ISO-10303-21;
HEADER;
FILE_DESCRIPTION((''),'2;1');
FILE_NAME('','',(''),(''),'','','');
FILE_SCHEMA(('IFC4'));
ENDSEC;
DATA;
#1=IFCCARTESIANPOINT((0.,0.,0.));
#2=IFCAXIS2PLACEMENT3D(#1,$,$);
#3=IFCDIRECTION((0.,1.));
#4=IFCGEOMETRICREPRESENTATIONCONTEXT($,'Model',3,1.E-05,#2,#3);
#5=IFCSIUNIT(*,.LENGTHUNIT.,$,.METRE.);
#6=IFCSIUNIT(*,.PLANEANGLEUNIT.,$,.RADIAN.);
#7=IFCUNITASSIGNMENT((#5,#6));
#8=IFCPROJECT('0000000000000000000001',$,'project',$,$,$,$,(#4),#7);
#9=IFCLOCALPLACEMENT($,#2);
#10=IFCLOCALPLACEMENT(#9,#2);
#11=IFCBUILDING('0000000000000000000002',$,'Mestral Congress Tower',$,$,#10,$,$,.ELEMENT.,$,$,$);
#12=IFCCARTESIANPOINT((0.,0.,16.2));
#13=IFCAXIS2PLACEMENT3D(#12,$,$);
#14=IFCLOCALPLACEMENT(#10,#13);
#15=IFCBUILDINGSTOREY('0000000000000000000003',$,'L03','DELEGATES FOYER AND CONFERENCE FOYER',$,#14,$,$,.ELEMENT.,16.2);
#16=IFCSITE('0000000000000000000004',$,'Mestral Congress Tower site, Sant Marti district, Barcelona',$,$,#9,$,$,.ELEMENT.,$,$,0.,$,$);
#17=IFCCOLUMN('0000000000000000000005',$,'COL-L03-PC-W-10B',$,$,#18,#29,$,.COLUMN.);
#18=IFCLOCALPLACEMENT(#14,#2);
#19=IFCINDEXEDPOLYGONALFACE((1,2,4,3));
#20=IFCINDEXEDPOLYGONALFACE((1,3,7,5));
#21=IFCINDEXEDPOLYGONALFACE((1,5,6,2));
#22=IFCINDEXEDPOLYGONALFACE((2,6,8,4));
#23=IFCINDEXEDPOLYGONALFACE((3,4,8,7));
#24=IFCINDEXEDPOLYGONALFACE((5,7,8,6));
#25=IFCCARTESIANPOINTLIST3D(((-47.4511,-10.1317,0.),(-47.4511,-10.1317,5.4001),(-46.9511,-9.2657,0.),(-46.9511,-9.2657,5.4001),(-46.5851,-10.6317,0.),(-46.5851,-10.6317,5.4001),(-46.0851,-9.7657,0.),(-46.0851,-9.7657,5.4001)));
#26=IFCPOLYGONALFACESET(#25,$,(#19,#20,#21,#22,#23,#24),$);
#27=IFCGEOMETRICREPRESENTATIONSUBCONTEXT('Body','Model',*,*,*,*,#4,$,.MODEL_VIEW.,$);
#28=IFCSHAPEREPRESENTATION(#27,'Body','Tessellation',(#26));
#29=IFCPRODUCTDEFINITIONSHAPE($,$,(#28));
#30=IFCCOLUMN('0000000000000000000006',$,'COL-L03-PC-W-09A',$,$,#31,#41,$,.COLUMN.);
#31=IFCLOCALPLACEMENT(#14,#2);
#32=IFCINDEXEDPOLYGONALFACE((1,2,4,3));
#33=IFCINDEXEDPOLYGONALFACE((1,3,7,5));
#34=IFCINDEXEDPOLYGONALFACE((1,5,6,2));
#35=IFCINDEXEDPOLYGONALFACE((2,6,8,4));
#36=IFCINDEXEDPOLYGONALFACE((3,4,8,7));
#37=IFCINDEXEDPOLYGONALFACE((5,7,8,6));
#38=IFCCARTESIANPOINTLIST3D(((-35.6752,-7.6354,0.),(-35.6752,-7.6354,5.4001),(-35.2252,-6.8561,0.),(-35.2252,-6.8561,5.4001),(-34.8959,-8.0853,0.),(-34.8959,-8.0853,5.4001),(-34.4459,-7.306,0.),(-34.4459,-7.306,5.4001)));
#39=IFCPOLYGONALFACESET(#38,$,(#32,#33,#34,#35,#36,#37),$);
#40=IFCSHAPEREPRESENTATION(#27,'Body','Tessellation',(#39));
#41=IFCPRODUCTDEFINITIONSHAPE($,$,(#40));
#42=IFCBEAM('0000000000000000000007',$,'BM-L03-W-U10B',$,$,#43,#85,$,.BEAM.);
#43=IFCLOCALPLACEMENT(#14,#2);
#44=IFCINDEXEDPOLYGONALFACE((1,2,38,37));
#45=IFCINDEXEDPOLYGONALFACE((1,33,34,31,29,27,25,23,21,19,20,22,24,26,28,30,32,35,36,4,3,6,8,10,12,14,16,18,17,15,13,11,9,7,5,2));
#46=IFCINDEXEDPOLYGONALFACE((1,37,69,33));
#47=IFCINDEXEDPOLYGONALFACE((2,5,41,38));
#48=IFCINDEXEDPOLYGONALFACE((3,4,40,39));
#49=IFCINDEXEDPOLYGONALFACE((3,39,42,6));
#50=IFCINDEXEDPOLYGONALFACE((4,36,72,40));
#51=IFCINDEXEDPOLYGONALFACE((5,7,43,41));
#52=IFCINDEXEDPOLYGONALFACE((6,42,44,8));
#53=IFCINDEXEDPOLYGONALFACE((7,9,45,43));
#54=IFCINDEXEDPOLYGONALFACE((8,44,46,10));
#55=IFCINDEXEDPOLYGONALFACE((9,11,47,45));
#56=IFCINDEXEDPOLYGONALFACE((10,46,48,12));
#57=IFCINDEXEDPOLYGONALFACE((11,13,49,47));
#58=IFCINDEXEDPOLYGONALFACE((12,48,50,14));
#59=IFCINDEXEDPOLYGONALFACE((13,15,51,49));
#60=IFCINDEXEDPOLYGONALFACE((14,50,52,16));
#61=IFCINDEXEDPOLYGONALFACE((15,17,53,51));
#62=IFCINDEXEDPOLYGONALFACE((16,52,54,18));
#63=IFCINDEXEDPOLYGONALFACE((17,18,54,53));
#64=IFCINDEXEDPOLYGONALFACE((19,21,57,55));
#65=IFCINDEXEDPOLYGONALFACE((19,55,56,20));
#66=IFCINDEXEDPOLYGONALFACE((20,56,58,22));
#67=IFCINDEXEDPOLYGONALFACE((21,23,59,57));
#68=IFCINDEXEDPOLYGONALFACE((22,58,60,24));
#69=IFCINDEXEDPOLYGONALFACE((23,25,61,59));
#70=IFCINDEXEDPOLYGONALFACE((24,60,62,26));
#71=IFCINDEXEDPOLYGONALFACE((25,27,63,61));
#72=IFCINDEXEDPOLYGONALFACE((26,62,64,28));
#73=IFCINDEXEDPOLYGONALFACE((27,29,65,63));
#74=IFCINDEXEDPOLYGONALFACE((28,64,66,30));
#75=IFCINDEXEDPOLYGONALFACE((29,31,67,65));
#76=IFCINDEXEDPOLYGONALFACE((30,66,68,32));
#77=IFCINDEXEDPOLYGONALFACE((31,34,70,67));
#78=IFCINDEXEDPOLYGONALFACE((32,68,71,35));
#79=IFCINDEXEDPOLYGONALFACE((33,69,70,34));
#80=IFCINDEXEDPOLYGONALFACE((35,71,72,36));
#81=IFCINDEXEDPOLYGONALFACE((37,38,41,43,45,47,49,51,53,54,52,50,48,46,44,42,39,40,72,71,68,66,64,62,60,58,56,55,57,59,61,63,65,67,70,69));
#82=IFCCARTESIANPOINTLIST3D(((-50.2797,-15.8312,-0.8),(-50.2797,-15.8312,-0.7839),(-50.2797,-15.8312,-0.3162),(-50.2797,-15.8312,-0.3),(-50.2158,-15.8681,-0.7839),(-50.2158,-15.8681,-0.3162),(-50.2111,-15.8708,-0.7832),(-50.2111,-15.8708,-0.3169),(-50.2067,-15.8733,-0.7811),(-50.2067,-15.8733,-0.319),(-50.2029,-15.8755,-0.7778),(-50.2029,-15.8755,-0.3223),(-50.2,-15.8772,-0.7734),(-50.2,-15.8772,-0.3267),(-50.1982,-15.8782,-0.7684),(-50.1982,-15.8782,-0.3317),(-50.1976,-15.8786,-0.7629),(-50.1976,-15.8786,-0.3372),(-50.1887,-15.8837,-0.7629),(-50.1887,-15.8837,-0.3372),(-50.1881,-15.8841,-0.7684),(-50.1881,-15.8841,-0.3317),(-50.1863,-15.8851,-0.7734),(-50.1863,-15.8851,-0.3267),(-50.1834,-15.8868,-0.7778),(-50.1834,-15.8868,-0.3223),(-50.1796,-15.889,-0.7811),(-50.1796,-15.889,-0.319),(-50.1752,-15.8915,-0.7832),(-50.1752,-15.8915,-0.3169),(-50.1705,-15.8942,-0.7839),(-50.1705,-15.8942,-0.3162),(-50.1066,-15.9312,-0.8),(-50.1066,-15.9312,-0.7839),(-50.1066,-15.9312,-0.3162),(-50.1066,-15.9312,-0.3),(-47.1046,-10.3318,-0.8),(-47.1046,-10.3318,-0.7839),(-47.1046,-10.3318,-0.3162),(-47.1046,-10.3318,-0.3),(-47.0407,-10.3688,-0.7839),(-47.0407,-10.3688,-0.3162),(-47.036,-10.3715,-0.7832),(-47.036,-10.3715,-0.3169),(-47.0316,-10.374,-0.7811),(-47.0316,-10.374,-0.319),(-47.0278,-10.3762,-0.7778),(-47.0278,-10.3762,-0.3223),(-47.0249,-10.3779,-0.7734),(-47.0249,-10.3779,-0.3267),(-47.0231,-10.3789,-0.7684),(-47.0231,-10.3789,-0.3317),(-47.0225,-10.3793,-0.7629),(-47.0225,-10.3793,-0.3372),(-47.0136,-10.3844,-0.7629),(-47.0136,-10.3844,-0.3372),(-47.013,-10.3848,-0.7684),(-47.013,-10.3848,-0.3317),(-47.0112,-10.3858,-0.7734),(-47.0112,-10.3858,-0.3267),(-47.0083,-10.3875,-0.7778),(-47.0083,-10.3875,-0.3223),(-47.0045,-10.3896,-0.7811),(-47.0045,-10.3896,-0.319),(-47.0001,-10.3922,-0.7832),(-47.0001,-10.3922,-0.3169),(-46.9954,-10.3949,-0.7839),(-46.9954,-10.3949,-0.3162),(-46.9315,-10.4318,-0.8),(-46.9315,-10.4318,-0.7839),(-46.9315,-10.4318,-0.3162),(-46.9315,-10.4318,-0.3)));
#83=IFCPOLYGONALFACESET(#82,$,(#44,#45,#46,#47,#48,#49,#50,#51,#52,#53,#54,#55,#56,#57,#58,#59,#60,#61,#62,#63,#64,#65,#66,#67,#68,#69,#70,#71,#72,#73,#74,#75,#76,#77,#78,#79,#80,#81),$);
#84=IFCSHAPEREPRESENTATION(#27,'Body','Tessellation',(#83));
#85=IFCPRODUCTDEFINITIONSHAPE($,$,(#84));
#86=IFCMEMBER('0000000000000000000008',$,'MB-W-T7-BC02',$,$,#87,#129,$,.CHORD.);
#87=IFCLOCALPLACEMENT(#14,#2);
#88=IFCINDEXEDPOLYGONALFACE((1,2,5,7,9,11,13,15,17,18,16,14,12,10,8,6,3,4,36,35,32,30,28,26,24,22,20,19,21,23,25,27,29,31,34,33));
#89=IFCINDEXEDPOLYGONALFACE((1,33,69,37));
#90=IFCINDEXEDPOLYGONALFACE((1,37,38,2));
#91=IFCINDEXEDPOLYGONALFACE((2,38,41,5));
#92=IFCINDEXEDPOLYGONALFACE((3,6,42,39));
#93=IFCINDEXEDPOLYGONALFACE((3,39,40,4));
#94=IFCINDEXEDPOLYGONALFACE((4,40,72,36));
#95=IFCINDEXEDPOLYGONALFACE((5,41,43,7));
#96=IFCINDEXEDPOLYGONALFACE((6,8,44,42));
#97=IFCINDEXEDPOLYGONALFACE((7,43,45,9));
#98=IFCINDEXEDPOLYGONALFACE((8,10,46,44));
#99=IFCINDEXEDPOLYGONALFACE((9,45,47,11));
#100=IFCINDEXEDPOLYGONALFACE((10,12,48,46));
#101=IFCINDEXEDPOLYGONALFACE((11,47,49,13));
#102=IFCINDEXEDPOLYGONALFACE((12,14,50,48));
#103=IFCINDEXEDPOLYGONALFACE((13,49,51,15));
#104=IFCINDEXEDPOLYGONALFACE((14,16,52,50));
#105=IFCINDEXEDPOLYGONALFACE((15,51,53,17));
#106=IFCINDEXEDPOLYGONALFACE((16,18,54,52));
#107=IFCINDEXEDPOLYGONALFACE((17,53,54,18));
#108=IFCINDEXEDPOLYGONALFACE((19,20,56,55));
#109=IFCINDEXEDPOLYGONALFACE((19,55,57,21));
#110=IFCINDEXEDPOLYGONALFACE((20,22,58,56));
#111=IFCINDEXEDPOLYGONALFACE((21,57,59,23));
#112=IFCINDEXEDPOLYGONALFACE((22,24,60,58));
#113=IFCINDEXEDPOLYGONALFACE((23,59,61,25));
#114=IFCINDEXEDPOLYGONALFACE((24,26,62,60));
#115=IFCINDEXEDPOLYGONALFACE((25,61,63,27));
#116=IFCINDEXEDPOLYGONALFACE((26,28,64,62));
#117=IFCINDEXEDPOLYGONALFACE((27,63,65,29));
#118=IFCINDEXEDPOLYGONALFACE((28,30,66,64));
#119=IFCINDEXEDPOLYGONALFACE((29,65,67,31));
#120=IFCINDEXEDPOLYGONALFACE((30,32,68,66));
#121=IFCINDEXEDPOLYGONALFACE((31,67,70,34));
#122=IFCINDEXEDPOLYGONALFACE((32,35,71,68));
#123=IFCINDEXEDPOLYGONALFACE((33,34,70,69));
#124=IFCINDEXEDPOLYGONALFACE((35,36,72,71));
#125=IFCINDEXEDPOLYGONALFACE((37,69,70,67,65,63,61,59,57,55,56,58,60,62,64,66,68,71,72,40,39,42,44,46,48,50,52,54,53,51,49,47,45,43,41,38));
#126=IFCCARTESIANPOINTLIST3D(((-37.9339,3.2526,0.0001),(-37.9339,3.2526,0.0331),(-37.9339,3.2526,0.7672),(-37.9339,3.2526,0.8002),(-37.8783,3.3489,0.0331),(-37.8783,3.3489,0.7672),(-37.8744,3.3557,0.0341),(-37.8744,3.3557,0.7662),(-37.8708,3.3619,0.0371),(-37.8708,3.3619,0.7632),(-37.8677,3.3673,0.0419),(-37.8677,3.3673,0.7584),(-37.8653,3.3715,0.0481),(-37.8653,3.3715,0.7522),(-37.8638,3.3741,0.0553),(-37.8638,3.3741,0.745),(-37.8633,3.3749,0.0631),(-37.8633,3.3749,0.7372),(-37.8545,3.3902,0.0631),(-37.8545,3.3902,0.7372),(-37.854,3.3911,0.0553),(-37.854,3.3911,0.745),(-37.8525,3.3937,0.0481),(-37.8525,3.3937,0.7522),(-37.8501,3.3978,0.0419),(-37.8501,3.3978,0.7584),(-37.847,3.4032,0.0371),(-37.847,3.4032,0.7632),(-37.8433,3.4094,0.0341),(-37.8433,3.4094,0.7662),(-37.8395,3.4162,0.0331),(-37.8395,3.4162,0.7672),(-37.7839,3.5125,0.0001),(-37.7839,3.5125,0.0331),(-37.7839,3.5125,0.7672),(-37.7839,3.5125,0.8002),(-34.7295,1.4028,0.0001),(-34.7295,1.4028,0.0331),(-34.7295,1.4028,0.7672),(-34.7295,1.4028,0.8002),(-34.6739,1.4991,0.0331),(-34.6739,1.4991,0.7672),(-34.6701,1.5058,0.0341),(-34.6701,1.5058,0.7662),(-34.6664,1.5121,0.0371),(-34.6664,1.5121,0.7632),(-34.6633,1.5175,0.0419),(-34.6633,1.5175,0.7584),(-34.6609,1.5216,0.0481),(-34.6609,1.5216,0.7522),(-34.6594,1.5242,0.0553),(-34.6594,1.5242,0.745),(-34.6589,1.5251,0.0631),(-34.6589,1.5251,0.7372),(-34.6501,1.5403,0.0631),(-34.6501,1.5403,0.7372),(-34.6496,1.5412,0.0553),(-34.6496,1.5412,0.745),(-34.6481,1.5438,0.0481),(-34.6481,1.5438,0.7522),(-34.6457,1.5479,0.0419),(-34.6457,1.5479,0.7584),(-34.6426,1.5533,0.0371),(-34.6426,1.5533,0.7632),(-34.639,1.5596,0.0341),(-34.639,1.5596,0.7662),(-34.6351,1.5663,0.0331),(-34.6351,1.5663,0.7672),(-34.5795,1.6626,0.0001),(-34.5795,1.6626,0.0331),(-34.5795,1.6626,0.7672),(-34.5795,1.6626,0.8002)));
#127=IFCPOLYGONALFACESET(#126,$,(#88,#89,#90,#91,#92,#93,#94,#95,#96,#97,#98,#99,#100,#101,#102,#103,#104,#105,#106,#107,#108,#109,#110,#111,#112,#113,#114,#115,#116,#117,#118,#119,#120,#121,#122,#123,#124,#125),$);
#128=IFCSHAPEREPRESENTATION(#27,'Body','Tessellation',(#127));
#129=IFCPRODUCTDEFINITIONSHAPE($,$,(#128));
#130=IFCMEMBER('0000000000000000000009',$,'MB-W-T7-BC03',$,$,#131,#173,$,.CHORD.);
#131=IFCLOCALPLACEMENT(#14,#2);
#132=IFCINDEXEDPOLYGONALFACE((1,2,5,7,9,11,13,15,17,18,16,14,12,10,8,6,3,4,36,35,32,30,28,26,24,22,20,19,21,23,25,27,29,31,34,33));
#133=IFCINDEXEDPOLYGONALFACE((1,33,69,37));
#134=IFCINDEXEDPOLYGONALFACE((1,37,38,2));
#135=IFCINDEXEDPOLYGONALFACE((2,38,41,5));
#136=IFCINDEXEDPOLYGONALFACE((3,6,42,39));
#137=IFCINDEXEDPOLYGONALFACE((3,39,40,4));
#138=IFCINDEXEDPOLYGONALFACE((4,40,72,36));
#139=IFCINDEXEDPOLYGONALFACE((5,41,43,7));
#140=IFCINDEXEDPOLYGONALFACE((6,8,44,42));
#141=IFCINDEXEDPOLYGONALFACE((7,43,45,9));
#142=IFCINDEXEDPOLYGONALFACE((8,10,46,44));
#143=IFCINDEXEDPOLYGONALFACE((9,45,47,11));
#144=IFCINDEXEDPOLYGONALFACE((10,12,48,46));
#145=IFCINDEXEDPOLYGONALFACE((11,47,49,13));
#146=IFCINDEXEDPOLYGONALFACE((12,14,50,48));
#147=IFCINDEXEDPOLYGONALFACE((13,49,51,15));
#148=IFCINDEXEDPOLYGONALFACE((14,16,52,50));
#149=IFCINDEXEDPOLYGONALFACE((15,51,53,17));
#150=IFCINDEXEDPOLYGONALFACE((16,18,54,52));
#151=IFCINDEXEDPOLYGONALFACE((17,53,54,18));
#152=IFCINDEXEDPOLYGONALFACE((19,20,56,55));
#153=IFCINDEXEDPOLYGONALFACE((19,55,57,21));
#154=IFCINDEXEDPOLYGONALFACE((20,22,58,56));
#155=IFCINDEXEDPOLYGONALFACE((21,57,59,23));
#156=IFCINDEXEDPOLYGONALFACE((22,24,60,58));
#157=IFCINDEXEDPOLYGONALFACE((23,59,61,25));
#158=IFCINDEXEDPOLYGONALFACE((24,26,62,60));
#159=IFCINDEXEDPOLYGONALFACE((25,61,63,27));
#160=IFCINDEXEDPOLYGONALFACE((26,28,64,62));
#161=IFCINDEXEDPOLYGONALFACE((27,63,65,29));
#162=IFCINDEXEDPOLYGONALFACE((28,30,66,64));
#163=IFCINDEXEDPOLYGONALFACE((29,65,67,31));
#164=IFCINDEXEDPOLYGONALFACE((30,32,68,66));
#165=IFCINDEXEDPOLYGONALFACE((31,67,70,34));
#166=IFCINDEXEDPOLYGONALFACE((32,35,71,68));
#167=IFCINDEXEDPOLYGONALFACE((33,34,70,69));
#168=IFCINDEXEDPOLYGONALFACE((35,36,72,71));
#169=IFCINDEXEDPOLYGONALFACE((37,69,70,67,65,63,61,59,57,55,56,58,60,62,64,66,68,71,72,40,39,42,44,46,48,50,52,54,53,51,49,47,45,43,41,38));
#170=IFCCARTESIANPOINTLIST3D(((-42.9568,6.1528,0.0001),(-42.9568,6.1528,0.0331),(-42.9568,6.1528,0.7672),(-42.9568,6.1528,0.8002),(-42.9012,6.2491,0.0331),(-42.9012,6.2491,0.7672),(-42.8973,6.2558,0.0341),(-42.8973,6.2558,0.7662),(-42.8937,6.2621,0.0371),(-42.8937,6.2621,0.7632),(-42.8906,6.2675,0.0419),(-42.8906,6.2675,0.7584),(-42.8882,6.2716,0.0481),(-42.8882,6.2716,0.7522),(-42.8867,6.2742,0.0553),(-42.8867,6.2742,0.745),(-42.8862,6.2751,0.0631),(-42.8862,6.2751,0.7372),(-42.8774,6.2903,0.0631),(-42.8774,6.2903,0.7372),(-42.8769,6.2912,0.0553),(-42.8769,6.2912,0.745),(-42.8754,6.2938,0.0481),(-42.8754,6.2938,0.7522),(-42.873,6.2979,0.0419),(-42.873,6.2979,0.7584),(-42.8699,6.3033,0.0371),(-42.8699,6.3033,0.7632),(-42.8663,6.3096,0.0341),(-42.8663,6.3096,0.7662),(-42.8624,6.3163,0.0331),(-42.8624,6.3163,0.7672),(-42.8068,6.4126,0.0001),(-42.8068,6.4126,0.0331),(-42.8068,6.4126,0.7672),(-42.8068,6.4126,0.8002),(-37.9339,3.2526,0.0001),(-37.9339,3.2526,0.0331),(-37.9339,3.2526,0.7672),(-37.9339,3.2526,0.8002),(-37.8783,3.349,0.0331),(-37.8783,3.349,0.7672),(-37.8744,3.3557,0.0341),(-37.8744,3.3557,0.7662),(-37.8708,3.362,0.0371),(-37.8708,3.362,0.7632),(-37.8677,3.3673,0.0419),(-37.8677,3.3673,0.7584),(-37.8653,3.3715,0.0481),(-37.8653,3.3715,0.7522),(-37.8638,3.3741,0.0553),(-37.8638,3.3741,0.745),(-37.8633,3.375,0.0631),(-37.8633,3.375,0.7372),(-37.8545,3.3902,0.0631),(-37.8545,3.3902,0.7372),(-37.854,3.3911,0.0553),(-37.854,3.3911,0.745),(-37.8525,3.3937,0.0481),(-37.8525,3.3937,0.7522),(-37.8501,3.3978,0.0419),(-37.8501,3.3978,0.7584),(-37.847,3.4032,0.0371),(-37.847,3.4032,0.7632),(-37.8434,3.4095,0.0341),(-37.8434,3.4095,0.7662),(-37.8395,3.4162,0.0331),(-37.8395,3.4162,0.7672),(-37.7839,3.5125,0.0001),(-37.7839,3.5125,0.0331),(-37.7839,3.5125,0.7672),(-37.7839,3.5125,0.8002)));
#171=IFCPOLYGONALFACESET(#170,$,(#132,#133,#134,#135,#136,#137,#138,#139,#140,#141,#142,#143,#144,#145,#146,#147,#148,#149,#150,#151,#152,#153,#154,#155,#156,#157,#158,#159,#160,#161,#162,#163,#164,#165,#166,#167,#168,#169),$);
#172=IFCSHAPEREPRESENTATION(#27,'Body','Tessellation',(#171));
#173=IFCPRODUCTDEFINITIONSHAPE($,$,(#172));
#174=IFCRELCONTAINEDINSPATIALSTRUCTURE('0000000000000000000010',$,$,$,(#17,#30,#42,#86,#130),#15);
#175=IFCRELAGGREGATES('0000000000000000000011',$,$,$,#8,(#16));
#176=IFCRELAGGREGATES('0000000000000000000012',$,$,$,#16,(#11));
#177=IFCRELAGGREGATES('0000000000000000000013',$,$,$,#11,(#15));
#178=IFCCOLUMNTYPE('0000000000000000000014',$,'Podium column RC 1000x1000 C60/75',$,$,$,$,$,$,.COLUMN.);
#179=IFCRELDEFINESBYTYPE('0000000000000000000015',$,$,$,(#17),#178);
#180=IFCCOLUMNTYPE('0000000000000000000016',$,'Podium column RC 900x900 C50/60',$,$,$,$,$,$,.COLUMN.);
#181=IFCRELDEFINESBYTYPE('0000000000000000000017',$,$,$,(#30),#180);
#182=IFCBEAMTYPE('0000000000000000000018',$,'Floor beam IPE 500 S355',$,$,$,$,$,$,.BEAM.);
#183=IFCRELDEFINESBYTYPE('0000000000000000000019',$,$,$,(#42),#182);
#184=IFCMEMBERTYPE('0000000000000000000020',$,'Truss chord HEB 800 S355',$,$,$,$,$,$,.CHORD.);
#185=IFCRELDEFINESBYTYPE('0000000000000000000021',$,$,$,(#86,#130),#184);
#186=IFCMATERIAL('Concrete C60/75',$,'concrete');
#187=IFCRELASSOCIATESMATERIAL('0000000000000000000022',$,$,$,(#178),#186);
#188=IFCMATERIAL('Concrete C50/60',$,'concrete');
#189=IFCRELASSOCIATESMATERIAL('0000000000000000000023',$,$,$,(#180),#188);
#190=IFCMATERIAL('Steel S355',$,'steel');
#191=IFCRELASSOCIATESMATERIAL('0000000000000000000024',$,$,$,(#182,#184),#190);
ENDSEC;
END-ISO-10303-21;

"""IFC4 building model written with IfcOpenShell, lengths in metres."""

from ifc_helpers import new_model, si_unit, direction, frame, origin, origin_2d, place, context, subcontext, project, spatial, rectangle, i_section, extrude, material, material_profile, profile_set, type_object, element, save


model = new_model("IFC4")

# Units and contexts
model_context = context("Model", 3, precision=1e-05, world=origin(), true_north=direction((0.0, 1.0)))
body_context = subcontext(model_context, "Body", "Model", "MODEL_VIEW")
ifc_project = project(units=[si_unit("LENGTHUNIT", "METRE"), si_unit("PLANEANGLEUNIT", "RADIAN")], contexts=[model_context])

# Site, building, storey
site_placement = place(None, origin())
site = spatial("IfcSite", under=ifc_project, at=site_placement, Name="Mestral Congress Tower site, Sant Marti district, Barcelona", CompositionType="ELEMENT", RefElevation=0.0)
building_placement = place(site_placement, origin())
building = spatial("IfcBuilding", under=site, at=building_placement, Name="Mestral Congress Tower", CompositionType="ELEMENT")
storey_placement = place(building_placement, frame((0.0, 0.0, 16.2)))
storey = spatial("IfcBuildingStorey", under=building, at=storey_placement, Name="L03", Description="DELEGATES FOYER AND CONFERENCE FOYER", CompositionType="ELEMENT", Elevation=16.2)

# Columns
ifc_material_1 = material(Name="Concrete C60/75", Category="concrete")
ifc_material_profile_1 = material_profile(ifc_material_1, rectangle(XDim=1.0, YDim=1.0, at=origin_2d()), Name="RC 1000x1000")
ifc_profile_set_1 = profile_set([ifc_material_profile_1], Name="Concrete C60/75")
column_type_1 = type_object("IfcColumnType", Name="Podium column RC 1000x1000 C60/75", PredefinedType="COLUMN", material=ifc_profile_set_1)
column_1_placement = place(storey_placement, frame((-46.7681, -9.9487, 0.0), z_axis=(0.0, 0.0, 1.0), x_axis=(-0.5, -0.866025, 0.0)))
element("IfcColumn", 1, at=column_1_placement, inside=storey, type_object=column_type_1, Name="COL-L03-PC-W-10B", PredefinedType="COLUMN", context=body_context, shape_type="SweptSolid", body=[
    extrude(rectangle(XDim=1.0, YDim=1.0, at=origin_2d()), origin(), (0.0, 0.0, 1.0), 5.4001),
])
ifc_material_2 = material(Name="Concrete C50/60", Category="concrete")
ifc_material_profile_2 = material_profile(ifc_material_2, rectangle(XDim=0.8999, YDim=0.8999, at=origin_2d()), Name="RC 900x900")
ifc_profile_set_2 = profile_set([ifc_material_profile_2], Name="Concrete C50/60")
column_type_2 = type_object("IfcColumnType", Name="Podium column RC 900x900 C50/60", PredefinedType="COLUMN", material=ifc_profile_set_2)
column_2_placement = place(storey_placement, frame((-35.0605, -7.4707, 0.0), z_axis=(0.0, 0.0, 1.0), x_axis=(-0.5, -0.866025, 0.0)))
element("IfcColumn", 2, at=column_2_placement, inside=storey, type_object=column_type_2, Name="COL-L03-PC-W-09A", PredefinedType="COLUMN", context=body_context, shape_type="SweptSolid", body=[
    extrude(rectangle(XDim=0.8999, YDim=0.8999, at=origin_2d()), origin(), (0.0, 0.0, 1.0), 5.4001),
])

# Beam
ifc_material_3 = material(Name="Steel S355", Category="steel")
ifc_material_profile_3 = material_profile(ifc_material_3, i_section(OverallWidth=0.2, OverallDepth=0.5, WebThickness=0.0103, FlangeThickness=0.0161, FilletRadius=0.021, at=origin_2d()), Name="IPE 500")
ifc_profile_set_3 = profile_set([ifc_material_profile_3], Name="Steel S355")
beam_type = type_object("IfcBeamType", Name="Floor beam IPE 500 S355", PredefinedType="BEAM", material=ifc_profile_set_3)
beam_placement = place(storey_placement, frame((-47.0181, -10.3818, -0.55), z_axis=(-0.500005, -0.866022, 0.0), x_axis=(0.866022, -0.500005, 0.0)))
element("IfcBeam", 3, at=beam_placement, inside=storey, type_object=beam_type, Name="BM-L03-W-U10B", PredefinedType="BEAM", context=body_context, shape_type="SweptSolid", body=[
    extrude(i_section(OverallWidth=0.2, OverallDepth=0.5, WebThickness=0.0103, FlangeThickness=0.0161, FilletRadius=0.021, at=origin_2d()), origin(), (0.0, 0.0, 1.0), 6.3501),
])

# Members
ifc_material_profile_4 = material_profile(ifc_material_3, i_section(OverallWidth=0.3, OverallDepth=0.8, WebThickness=0.0176, FlangeThickness=0.033, FilletRadius=0.03, at=origin_2d()), Name="HEB 800")
ifc_profile_set_4 = profile_set([ifc_material_profile_4], Name="Steel S355")
member_type_1 = type_object("IfcMemberType", Name="Truss chord HEB 800 S355", PredefinedType="CHORD", material=ifc_profile_set_4)
member_1_placement = place(storey_placement, frame((-34.6545, 1.5327, 0.4001), z_axis=(-0.866046, 0.499964, 0.0), x_axis=(-0.499964, -0.866046, 0.0)))
element("IfcMember", 4, at=member_1_placement, inside=storey, type_object=member_type_1, Name="MB-W-T7-BC02", PredefinedType="CHORD", context=body_context, shape_type="SweptSolid", body=[
    extrude(i_section(OverallWidth=0.3, OverallDepth=0.8, WebThickness=0.0176, FlangeThickness=0.033, FilletRadius=0.03, at=origin_2d()), origin(), (0.0, 0.0, 1.0), 3.7),
])
member_2_placement = place(storey_placement, frame((-37.8589, 3.3826, 0.4001), z_axis=(-0.866015, 0.500019, 0.0), x_axis=(-0.500019, -0.866015, 0.0)))
element("IfcMember", 5, at=member_2_placement, inside=storey, type_object=member_type_1, Name="MB-W-T7-BC03", PredefinedType="CHORD", context=body_context, shape_type="SweptSolid", body=[
    extrude(i_section(OverallWidth=0.3, OverallDepth=0.8, WebThickness=0.0176, FlangeThickness=0.033, FilletRadius=0.03, at=origin_2d()), origin(), (0.0, 0.0, 1.0), 5.8),
])

save(model, "model.ifc")
